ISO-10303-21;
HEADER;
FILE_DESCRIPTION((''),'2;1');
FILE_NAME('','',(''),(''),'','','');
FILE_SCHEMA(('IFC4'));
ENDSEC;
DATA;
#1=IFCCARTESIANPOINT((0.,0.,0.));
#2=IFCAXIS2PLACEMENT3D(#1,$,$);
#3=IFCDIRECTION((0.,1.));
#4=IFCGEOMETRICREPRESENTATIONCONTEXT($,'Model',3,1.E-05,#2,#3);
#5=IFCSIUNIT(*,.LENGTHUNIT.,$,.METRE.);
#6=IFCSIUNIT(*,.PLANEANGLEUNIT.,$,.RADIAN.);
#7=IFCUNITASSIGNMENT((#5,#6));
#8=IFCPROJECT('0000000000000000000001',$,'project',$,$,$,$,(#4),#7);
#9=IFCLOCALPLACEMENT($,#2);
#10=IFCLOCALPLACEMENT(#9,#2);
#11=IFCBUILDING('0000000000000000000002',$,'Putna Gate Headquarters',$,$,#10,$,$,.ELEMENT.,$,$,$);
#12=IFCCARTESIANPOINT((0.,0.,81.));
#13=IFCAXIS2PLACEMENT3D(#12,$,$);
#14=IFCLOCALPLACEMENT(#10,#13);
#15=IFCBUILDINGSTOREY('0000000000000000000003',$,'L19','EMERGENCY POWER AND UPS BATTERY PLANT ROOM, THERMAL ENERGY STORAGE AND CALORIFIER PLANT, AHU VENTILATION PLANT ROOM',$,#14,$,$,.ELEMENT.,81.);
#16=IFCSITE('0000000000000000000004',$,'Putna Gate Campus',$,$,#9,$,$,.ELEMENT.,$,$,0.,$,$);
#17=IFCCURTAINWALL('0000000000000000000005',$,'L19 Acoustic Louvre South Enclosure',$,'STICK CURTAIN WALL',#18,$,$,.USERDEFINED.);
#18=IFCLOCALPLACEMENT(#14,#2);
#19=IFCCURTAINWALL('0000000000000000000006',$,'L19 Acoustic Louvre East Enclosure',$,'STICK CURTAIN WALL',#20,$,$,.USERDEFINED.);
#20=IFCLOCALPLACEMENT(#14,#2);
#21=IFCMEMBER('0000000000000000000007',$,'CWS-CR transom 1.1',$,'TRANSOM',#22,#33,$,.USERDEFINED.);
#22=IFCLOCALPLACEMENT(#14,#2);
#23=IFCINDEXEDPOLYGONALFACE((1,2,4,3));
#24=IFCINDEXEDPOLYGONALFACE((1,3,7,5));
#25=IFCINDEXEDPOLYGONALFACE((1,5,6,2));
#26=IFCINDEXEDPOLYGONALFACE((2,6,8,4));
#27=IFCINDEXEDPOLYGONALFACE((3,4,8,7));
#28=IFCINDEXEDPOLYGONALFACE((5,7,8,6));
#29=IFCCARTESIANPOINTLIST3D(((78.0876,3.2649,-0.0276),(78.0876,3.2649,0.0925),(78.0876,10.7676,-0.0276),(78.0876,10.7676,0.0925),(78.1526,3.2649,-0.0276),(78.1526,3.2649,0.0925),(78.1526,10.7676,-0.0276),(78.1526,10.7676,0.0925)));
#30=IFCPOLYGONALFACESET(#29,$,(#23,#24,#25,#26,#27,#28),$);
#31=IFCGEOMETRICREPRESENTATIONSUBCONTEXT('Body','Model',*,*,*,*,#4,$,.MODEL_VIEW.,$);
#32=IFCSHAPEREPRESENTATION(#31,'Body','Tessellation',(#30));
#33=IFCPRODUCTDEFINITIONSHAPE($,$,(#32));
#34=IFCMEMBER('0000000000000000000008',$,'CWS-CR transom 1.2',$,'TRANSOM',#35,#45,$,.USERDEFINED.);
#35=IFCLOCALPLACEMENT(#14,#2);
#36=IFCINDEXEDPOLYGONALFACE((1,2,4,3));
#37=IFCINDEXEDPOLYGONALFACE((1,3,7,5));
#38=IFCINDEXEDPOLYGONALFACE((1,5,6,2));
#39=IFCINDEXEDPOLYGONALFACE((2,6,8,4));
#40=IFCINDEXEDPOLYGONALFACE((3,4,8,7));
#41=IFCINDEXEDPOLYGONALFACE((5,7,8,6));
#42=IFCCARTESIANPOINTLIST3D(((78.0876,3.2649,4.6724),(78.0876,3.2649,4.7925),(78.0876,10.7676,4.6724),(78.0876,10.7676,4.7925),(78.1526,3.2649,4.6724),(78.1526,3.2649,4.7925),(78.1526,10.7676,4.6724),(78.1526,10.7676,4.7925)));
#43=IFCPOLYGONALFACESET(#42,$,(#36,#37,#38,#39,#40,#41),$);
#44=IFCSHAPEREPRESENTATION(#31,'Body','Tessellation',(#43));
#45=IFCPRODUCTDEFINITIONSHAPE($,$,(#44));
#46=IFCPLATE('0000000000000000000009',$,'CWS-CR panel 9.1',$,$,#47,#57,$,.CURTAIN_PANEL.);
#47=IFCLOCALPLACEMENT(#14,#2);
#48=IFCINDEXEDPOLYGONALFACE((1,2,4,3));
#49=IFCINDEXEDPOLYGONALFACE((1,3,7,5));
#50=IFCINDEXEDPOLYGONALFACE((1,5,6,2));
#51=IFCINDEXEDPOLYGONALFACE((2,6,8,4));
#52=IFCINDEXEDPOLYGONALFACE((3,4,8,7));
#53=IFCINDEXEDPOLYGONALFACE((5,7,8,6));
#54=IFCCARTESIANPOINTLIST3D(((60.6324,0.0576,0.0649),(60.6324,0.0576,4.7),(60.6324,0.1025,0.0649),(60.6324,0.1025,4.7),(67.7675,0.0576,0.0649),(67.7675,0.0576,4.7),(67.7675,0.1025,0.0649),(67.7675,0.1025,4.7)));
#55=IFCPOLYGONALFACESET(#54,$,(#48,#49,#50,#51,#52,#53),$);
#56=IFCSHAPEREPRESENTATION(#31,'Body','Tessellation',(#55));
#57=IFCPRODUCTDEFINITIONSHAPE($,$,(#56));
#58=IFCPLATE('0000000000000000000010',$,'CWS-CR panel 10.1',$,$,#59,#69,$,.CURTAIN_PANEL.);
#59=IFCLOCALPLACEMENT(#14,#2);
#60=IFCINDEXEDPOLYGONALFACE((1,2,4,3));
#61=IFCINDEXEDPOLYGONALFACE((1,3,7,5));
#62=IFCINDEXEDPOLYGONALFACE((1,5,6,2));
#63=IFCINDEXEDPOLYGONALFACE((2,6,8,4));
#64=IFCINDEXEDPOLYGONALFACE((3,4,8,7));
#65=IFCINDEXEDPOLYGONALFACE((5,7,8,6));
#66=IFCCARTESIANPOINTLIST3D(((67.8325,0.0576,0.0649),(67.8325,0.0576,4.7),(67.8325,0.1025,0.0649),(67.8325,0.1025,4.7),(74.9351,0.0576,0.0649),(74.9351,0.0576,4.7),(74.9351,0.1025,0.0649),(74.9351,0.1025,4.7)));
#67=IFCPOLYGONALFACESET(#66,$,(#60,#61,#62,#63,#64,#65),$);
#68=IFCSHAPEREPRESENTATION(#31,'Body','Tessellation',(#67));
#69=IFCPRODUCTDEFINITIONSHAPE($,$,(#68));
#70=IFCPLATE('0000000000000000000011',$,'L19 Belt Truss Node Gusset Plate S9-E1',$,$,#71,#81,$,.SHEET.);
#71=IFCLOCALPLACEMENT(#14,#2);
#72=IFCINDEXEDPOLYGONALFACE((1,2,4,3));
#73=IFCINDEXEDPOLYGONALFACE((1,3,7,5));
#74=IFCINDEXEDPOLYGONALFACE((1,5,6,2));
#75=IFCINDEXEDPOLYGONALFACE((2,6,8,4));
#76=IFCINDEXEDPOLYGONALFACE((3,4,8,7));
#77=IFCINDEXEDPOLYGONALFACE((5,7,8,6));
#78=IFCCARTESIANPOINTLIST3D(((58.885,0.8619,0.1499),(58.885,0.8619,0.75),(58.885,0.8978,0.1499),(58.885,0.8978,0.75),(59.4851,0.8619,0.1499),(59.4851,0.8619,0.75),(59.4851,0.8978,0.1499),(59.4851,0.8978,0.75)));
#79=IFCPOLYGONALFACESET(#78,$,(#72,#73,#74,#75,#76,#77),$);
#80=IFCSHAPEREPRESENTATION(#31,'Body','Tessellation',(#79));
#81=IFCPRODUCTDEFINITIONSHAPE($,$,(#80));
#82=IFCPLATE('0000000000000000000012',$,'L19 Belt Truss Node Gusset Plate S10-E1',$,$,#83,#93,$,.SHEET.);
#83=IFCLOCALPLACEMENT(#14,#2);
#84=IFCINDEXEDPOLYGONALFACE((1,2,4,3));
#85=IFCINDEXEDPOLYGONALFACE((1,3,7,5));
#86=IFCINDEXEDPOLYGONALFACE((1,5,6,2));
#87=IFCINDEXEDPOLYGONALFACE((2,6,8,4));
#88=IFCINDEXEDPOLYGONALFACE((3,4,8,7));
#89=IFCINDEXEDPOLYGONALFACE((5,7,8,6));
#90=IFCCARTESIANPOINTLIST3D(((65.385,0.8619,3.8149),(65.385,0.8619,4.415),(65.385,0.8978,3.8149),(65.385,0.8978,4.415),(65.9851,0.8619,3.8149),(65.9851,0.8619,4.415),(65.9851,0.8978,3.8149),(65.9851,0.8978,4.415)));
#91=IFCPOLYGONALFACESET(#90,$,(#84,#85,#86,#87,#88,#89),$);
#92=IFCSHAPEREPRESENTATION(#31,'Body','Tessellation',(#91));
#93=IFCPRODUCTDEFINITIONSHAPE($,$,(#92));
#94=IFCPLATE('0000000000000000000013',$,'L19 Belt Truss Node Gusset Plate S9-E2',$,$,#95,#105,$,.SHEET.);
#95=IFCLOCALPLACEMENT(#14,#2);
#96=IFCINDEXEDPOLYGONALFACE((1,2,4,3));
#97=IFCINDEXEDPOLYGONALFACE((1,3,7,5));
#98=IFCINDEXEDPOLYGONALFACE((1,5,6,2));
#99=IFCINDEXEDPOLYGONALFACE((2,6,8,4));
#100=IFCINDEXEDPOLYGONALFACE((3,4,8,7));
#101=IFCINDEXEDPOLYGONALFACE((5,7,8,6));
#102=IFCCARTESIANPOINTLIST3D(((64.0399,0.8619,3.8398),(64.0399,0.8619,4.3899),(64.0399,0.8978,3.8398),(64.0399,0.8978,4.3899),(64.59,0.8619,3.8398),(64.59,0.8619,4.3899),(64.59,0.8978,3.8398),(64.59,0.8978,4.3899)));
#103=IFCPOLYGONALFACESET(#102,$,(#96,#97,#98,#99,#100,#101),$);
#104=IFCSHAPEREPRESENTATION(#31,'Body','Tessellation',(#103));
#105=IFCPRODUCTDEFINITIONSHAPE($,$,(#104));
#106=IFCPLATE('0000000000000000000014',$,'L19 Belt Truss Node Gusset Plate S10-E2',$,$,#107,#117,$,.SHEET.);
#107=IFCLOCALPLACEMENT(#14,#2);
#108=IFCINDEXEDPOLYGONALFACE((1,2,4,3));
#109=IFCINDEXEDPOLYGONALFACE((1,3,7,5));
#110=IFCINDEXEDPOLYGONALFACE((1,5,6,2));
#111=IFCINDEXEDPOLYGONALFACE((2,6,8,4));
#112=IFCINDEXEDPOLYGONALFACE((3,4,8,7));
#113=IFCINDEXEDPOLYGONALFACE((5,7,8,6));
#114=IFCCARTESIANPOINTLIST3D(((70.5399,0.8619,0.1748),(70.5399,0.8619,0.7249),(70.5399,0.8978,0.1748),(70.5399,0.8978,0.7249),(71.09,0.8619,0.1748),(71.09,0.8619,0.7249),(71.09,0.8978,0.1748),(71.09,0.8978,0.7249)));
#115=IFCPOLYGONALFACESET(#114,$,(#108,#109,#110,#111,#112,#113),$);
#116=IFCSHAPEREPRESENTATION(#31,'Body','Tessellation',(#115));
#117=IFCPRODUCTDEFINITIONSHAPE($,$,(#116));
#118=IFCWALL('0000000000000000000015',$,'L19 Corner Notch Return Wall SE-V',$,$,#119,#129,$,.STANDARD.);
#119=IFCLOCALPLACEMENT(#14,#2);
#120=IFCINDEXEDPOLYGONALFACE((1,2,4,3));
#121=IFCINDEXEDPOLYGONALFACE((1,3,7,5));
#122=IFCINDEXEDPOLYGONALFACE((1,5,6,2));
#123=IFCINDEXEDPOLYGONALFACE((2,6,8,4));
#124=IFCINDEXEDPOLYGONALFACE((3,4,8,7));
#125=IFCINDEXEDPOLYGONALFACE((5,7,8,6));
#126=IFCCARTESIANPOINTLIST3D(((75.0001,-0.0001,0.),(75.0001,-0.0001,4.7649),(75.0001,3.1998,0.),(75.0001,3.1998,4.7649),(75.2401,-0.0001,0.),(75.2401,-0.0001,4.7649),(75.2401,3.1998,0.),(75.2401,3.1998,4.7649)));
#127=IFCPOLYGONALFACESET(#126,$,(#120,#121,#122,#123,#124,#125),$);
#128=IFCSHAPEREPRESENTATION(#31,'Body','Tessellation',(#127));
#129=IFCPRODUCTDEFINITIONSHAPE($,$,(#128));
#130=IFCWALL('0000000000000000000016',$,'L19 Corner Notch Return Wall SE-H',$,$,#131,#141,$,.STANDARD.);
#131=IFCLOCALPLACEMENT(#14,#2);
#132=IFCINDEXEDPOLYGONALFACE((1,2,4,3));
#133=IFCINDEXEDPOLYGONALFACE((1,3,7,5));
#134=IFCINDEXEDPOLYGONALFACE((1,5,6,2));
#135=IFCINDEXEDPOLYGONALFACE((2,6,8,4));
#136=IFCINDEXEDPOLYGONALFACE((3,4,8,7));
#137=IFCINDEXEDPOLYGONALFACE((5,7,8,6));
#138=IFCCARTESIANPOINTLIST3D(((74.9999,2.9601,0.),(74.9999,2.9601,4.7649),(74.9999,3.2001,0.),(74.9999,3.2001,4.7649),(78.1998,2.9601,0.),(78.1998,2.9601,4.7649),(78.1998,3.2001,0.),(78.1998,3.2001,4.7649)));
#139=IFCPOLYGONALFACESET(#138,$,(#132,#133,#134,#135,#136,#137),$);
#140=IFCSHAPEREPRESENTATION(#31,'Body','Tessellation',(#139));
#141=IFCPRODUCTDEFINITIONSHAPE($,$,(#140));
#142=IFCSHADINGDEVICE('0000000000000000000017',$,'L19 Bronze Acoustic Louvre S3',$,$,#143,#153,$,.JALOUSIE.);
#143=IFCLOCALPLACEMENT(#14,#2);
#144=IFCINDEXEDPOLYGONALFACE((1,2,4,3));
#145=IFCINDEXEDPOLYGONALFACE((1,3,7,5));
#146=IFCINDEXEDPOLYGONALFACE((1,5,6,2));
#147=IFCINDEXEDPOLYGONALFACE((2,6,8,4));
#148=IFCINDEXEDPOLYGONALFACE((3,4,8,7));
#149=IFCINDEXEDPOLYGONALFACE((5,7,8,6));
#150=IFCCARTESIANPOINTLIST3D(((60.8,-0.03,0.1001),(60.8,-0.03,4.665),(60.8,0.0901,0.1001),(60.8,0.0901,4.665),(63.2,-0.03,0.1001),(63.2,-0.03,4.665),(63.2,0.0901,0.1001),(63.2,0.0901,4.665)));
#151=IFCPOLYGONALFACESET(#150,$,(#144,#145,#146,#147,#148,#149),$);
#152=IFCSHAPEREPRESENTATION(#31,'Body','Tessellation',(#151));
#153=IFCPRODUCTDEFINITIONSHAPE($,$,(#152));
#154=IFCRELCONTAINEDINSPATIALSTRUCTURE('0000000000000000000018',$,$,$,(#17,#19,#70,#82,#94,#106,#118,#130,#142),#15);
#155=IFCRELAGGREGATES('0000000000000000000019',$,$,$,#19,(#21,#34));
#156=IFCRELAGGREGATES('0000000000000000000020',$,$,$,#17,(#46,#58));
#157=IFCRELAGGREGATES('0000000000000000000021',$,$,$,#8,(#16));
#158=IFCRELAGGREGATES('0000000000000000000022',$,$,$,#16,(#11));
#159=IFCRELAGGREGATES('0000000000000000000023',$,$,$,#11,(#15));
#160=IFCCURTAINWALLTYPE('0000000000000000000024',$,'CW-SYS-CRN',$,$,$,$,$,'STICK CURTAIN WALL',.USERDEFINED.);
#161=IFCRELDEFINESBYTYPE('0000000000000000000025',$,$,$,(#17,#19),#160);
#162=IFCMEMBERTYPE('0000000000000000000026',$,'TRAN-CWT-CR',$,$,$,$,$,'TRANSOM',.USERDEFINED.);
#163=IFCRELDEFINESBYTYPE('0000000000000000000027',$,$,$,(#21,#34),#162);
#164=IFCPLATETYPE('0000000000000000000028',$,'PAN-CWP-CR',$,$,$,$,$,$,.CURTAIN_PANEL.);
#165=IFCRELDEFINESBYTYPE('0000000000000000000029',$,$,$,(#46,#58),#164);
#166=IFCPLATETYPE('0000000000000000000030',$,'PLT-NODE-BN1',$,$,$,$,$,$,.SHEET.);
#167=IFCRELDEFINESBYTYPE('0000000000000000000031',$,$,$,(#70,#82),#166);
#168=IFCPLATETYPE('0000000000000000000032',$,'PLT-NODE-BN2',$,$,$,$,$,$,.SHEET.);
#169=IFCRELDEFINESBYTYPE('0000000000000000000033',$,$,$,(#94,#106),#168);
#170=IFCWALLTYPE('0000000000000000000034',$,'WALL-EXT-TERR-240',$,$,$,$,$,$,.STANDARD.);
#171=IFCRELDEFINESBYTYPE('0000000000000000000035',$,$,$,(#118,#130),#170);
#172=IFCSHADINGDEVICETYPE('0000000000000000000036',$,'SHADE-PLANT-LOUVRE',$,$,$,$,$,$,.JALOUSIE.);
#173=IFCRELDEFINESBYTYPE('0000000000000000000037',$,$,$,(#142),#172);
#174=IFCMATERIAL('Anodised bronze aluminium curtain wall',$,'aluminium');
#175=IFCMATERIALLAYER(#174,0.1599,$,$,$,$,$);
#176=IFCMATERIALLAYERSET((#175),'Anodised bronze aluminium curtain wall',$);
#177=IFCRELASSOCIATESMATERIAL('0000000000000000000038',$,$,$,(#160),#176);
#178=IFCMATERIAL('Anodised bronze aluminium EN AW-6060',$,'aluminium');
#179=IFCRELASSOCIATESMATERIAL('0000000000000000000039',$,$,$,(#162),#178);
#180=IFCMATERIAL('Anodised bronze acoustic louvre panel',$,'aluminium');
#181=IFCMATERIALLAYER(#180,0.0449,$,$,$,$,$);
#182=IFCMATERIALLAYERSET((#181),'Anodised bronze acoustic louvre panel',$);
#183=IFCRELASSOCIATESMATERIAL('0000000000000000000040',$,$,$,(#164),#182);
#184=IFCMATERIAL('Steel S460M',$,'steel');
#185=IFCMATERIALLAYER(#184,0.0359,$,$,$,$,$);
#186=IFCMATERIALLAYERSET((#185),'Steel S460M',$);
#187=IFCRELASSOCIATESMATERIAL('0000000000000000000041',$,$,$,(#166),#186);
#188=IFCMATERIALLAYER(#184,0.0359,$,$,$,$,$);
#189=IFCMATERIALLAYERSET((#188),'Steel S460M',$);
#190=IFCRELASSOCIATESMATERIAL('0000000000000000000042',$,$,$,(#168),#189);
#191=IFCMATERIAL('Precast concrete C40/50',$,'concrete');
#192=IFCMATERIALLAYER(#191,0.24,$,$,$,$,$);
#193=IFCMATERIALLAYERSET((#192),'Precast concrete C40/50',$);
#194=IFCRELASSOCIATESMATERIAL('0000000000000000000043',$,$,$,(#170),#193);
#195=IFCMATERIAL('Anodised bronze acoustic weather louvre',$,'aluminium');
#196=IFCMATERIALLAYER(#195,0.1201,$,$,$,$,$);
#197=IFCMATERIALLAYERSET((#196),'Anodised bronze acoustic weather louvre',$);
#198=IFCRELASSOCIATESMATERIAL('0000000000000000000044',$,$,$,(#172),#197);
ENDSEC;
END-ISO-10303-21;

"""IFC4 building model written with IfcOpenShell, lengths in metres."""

from ifc_helpers import new_model, si_unit, direction, frame, frame_2d, origin, origin_2d, place, context, subcontext, project, spatial, rectangle, extrude, material, layer, layer_set, material_profile, profile_set, type_object, element, aggregate, save


model = new_model("IFC4")

# Units and contexts
model_context = context("Model", 3, precision=1e-05, world=origin(), true_north=direction((0.0, 1.0)))
body_context = subcontext(model_context, "Body", "Model", "MODEL_VIEW")
ifc_project = project(units=[si_unit("LENGTHUNIT", "METRE"), si_unit("PLANEANGLEUNIT", "RADIAN")], contexts=[model_context])

# Site, building, storey
site_placement = place(None, origin())
site = spatial("IfcSite", under=ifc_project, at=site_placement, Name="Putna Gate Campus", CompositionType="ELEMENT", RefElevation=0.0)
building_placement = place(site_placement, origin())
building = spatial("IfcBuilding", under=site, at=building_placement, Name="Putna Gate Headquarters", CompositionType="ELEMENT")
storey_placement = place(building_placement, frame((0.0, 0.0, 81.0)))
storey = spatial("IfcBuildingStorey", under=building, at=storey_placement, Name="L19", Description="EMERGENCY POWER AND UPS BATTERY PLANT ROOM, THERMAL ENERGY STORAGE AND CALORIFIER PLANT, AHU VENTILATION PLANT ROOM", CompositionType="ELEMENT", Elevation=81.0)

# Shared definitions
ifc_material_1 = material(Name="Steel S460M", Category="steel")

# Curtain wall
ifc_material_2 = material(Name="Anodised bronze aluminium curtain wall", Category="aluminium")
ifc_layer_1 = layer(ifc_material_2, 0.1599)
ifc_layer_set_1 = layer_set([ifc_layer_1], Name="Anodised bronze aluminium curtain wall")
curtain_wall_type = type_object("IfcCurtainWallType", Name="CW-SYS-CRN", ElementType="STICK CURTAIN WALL", PredefinedType="USERDEFINED", material=ifc_layer_set_1)
curtain_wall_1_placement = place(storey_placement, origin())
curtain_wall_1 = element("IfcCurtainWall", 1, at=curtain_wall_1_placement, inside=storey, type_object=curtain_wall_type, Name="L19 Acoustic Louvre South Enclosure", ObjectType="STICK CURTAIN WALL", PredefinedType="USERDEFINED")
ifc_material_3 = material(Name="Anodised bronze aluminium EN AW-6060", Category="aluminium")

# Curtain wall
curtain_wall_2_placement = place(storey_placement, origin())
curtain_wall_2 = element("IfcCurtainWall", 2, at=curtain_wall_2_placement, inside=storey, type_object=curtain_wall_type, Name="L19 Acoustic Louvre East Enclosure", ObjectType="STICK CURTAIN WALL", PredefinedType="USERDEFINED")

# Members
ifc_material_profile_1 = material_profile(ifc_material_3, rectangle(XDim=0.0649, YDim=0.1201, at=origin_2d()), Name="Anodised bronze aluminium EN AW-6060")
ifc_profile_set_1 = profile_set([ifc_material_profile_1], Name="Anodised bronze aluminium EN AW-6060")
member_type_1 = type_object("IfcMemberType", Name="TRAN-CWT-CR", ElementType="TRANSOM", PredefinedType="USERDEFINED", material=ifc_profile_set_1)
member_1_placement = place(storey_placement, frame((78.1201, 3.2649, 0.0325), z_axis=(0.0, 1.0, 0.0), x_axis=(-1.0, 0.0, 0.0)))
member_1 = element("IfcMember", 3, at=member_1_placement, type_object=member_type_1, Name="CWS-CR transom 1.1", ObjectType="TRANSOM", PredefinedType="USERDEFINED", context=body_context, shape_type="SweptSolid", body=[
    extrude(rectangle(XDim=0.0649, YDim=0.1201, at=origin_2d()), origin(), (0.0, 0.0, 1.0), 7.5027),
])
member_2_placement = place(storey_placement, frame((78.1201, 3.2649, 4.7324), z_axis=(0.0, 1.0, 0.0), x_axis=(-1.0, 0.0, 0.0)))
member_2 = element("IfcMember", 4, at=member_2_placement, type_object=member_type_1, Name="CWS-CR transom 1.2", ObjectType="TRANSOM", PredefinedType="USERDEFINED", context=body_context, shape_type="SweptSolid", body=[
    extrude(rectangle(XDim=0.0649, YDim=0.1201, at=origin_2d()), origin(), (0.0, 0.0, 1.0), 7.5027),
])
aggregate(curtain_wall_2, [member_1, member_2])

# Plates
ifc_material_4 = material(Name="Anodised bronze acoustic louvre panel", Category="aluminium")
ifc_layer_2 = layer(ifc_material_4, 0.0449)
ifc_layer_set_2 = layer_set([ifc_layer_2], Name="Anodised bronze acoustic louvre panel")
plate_type_1 = type_object("IfcPlateType", Name="PAN-CWP-CR", PredefinedType="CURTAIN_PANEL", material=ifc_layer_set_2)
plate_1_placement = place(storey_placement, frame((64.2, 0.0801, 0.0649), z_axis=(0.0, 0.0, 1.0), x_axis=(1.0, 0.0, 0.0)))
plate_1 = element("IfcPlate", 5, at=plate_1_placement, type_object=plate_type_1, Name="CWS-CR panel 9.1", PredefinedType="CURTAIN_PANEL", context=body_context, shape_type="SweptSolid", body=[
    extrude(rectangle(XDim=7.135, YDim=0.0449, at=origin_2d()), origin(), (0.0, 0.0, 1.0), 4.635),
])
plate_2_placement = place(storey_placement, frame((71.3838, 0.0801, 0.0649), z_axis=(0.0, 0.0, 1.0), x_axis=(1.0, 0.0, 0.0)))
plate_2 = element("IfcPlate", 6, at=plate_2_placement, type_object=plate_type_1, Name="CWS-CR panel 10.1", PredefinedType="CURTAIN_PANEL", context=body_context, shape_type="SweptSolid", body=[
    extrude(rectangle(XDim=7.1025, YDim=0.0449, at=origin_2d()), origin(), (0.0, 0.0, 1.0), 4.635),
])
aggregate(curtain_wall_1, [plate_1, plate_2])

# Plates
ifc_layer_3 = layer(ifc_material_1, 0.0359)
ifc_layer_set_3 = layer_set([ifc_layer_3], Name="Steel S460M")
plate_type_2 = type_object("IfcPlateType", Name="PLT-NODE-BN1", PredefinedType="SHEET", material=ifc_layer_set_3)
for number, where, z_axis, x_axis, name in (
    (7, (59.1851, 0.8799, 0.1499), (0.0, 0.0, 1.0), (1.0, 0.0, 0.0), "L19 Belt Truss Node Gusset Plate S9-E1"),
    (8, (65.6851, 0.8799, 3.8149), (0.0, 0.0, 1.0), (1.0, 0.0, 0.0), "L19 Belt Truss Node Gusset Plate S10-E1"),
):
    element("IfcPlate", number, at=place(storey_placement, frame(where, z_axis=z_axis, x_axis=x_axis)), inside=storey, type_object=plate_type_2, Name=name, PredefinedType="SHEET", context=body_context, shape_type="SweptSolid", body=[
        extrude(rectangle(XDim=0.6001, YDim=0.0359, at=origin_2d()), origin(), (0.0, 0.0, 1.0), 0.6001),
    ])
ifc_layer_4 = layer(ifc_material_1, 0.0359)
ifc_layer_set_4 = layer_set([ifc_layer_4], Name="Steel S460M")
plate_type_3 = type_object("IfcPlateType", Name="PLT-NODE-BN2", PredefinedType="SHEET", material=ifc_layer_set_4)
for number, where, z_axis, x_axis, name in (
    (9, (64.3149, 0.8799, 3.8398), (0.0, 0.0, 1.0), (1.0, 0.0, 0.0), "L19 Belt Truss Node Gusset Plate S9-E2"),
    (10, (70.8149, 0.8799, 0.1748), (0.0, 0.0, 1.0), (1.0, 0.0, 0.0), "L19 Belt Truss Node Gusset Plate S10-E2"),
):
    element("IfcPlate", number, at=place(storey_placement, frame(where, z_axis=z_axis, x_axis=x_axis)), inside=storey, type_object=plate_type_3, Name=name, PredefinedType="SHEET", context=body_context, shape_type="SweptSolid", body=[
        extrude(rectangle(XDim=0.55, YDim=0.0359, at=origin_2d()), origin(), (0.0, 0.0, 1.0), 0.55),
    ])

# Walls
ifc_material_5 = material(Name="Precast concrete C40/50", Category="concrete")
ifc_layer_5 = layer(ifc_material_5, 0.24)
ifc_layer_set_5 = layer_set([ifc_layer_5], Name="Precast concrete C40/50")
wall_type = type_object("IfcWallType", Name="WALL-EXT-TERR-240", PredefinedType="STANDARD", material=ifc_layer_set_5)
for number, where, z_axis, x_axis, name in (
    (11, (75.1201, 3.2, 0.0), (0.0, 0.0, 1.0), (0.0, -1.0, 0.0), "L19 Corner Notch Return Wall SE-V"),
    (12, (78.2, 3.0801, 0.0), (0.0, 0.0, 1.0), (-1.0, 0.0, 0.0), "L19 Corner Notch Return Wall SE-H"),
):
    element("IfcWall", number, at=place(storey_placement, frame(where, z_axis=z_axis, x_axis=x_axis)), inside=storey, type_object=wall_type, Name=name, PredefinedType="STANDARD", context=body_context, shape_type="SweptSolid", body=[
        extrude(rectangle(XDim=3.2, YDim=0.24, at=frame_2d((1.6001, 0.0))), origin(), (0.0, 0.0, 1.0), 4.7649),
    ])

# Shading device
ifc_material_6 = material(Name="Anodised bronze acoustic weather louvre", Category="aluminium")
ifc_layer_6 = layer(ifc_material_6, 0.1201)
ifc_layer_set_6 = layer_set([ifc_layer_6], Name="Anodised bronze acoustic weather louvre")
shading_device_type = type_object("IfcShadingDeviceType", Name="SHADE-PLANT-LOUVRE", PredefinedType="JALOUSIE", material=ifc_layer_set_6)
shading_device_placement = place(storey_placement, frame((62.0, 0.03, 0.1001), z_axis=(0.0, 0.0, 1.0), x_axis=(1.0, 0.0, 0.0)))
element("IfcShadingDevice", 13, at=shading_device_placement, inside=storey, type_object=shading_device_type, Name="L19 Bronze Acoustic Louvre S3", PredefinedType="JALOUSIE", context=body_context, shape_type="SweptSolid", body=[
    extrude(rectangle(XDim=2.3999, YDim=0.1201, at=origin_2d()), origin(), (0.0, 0.0, 1.0), 4.5649),
])

save(model, "model.ifc")
